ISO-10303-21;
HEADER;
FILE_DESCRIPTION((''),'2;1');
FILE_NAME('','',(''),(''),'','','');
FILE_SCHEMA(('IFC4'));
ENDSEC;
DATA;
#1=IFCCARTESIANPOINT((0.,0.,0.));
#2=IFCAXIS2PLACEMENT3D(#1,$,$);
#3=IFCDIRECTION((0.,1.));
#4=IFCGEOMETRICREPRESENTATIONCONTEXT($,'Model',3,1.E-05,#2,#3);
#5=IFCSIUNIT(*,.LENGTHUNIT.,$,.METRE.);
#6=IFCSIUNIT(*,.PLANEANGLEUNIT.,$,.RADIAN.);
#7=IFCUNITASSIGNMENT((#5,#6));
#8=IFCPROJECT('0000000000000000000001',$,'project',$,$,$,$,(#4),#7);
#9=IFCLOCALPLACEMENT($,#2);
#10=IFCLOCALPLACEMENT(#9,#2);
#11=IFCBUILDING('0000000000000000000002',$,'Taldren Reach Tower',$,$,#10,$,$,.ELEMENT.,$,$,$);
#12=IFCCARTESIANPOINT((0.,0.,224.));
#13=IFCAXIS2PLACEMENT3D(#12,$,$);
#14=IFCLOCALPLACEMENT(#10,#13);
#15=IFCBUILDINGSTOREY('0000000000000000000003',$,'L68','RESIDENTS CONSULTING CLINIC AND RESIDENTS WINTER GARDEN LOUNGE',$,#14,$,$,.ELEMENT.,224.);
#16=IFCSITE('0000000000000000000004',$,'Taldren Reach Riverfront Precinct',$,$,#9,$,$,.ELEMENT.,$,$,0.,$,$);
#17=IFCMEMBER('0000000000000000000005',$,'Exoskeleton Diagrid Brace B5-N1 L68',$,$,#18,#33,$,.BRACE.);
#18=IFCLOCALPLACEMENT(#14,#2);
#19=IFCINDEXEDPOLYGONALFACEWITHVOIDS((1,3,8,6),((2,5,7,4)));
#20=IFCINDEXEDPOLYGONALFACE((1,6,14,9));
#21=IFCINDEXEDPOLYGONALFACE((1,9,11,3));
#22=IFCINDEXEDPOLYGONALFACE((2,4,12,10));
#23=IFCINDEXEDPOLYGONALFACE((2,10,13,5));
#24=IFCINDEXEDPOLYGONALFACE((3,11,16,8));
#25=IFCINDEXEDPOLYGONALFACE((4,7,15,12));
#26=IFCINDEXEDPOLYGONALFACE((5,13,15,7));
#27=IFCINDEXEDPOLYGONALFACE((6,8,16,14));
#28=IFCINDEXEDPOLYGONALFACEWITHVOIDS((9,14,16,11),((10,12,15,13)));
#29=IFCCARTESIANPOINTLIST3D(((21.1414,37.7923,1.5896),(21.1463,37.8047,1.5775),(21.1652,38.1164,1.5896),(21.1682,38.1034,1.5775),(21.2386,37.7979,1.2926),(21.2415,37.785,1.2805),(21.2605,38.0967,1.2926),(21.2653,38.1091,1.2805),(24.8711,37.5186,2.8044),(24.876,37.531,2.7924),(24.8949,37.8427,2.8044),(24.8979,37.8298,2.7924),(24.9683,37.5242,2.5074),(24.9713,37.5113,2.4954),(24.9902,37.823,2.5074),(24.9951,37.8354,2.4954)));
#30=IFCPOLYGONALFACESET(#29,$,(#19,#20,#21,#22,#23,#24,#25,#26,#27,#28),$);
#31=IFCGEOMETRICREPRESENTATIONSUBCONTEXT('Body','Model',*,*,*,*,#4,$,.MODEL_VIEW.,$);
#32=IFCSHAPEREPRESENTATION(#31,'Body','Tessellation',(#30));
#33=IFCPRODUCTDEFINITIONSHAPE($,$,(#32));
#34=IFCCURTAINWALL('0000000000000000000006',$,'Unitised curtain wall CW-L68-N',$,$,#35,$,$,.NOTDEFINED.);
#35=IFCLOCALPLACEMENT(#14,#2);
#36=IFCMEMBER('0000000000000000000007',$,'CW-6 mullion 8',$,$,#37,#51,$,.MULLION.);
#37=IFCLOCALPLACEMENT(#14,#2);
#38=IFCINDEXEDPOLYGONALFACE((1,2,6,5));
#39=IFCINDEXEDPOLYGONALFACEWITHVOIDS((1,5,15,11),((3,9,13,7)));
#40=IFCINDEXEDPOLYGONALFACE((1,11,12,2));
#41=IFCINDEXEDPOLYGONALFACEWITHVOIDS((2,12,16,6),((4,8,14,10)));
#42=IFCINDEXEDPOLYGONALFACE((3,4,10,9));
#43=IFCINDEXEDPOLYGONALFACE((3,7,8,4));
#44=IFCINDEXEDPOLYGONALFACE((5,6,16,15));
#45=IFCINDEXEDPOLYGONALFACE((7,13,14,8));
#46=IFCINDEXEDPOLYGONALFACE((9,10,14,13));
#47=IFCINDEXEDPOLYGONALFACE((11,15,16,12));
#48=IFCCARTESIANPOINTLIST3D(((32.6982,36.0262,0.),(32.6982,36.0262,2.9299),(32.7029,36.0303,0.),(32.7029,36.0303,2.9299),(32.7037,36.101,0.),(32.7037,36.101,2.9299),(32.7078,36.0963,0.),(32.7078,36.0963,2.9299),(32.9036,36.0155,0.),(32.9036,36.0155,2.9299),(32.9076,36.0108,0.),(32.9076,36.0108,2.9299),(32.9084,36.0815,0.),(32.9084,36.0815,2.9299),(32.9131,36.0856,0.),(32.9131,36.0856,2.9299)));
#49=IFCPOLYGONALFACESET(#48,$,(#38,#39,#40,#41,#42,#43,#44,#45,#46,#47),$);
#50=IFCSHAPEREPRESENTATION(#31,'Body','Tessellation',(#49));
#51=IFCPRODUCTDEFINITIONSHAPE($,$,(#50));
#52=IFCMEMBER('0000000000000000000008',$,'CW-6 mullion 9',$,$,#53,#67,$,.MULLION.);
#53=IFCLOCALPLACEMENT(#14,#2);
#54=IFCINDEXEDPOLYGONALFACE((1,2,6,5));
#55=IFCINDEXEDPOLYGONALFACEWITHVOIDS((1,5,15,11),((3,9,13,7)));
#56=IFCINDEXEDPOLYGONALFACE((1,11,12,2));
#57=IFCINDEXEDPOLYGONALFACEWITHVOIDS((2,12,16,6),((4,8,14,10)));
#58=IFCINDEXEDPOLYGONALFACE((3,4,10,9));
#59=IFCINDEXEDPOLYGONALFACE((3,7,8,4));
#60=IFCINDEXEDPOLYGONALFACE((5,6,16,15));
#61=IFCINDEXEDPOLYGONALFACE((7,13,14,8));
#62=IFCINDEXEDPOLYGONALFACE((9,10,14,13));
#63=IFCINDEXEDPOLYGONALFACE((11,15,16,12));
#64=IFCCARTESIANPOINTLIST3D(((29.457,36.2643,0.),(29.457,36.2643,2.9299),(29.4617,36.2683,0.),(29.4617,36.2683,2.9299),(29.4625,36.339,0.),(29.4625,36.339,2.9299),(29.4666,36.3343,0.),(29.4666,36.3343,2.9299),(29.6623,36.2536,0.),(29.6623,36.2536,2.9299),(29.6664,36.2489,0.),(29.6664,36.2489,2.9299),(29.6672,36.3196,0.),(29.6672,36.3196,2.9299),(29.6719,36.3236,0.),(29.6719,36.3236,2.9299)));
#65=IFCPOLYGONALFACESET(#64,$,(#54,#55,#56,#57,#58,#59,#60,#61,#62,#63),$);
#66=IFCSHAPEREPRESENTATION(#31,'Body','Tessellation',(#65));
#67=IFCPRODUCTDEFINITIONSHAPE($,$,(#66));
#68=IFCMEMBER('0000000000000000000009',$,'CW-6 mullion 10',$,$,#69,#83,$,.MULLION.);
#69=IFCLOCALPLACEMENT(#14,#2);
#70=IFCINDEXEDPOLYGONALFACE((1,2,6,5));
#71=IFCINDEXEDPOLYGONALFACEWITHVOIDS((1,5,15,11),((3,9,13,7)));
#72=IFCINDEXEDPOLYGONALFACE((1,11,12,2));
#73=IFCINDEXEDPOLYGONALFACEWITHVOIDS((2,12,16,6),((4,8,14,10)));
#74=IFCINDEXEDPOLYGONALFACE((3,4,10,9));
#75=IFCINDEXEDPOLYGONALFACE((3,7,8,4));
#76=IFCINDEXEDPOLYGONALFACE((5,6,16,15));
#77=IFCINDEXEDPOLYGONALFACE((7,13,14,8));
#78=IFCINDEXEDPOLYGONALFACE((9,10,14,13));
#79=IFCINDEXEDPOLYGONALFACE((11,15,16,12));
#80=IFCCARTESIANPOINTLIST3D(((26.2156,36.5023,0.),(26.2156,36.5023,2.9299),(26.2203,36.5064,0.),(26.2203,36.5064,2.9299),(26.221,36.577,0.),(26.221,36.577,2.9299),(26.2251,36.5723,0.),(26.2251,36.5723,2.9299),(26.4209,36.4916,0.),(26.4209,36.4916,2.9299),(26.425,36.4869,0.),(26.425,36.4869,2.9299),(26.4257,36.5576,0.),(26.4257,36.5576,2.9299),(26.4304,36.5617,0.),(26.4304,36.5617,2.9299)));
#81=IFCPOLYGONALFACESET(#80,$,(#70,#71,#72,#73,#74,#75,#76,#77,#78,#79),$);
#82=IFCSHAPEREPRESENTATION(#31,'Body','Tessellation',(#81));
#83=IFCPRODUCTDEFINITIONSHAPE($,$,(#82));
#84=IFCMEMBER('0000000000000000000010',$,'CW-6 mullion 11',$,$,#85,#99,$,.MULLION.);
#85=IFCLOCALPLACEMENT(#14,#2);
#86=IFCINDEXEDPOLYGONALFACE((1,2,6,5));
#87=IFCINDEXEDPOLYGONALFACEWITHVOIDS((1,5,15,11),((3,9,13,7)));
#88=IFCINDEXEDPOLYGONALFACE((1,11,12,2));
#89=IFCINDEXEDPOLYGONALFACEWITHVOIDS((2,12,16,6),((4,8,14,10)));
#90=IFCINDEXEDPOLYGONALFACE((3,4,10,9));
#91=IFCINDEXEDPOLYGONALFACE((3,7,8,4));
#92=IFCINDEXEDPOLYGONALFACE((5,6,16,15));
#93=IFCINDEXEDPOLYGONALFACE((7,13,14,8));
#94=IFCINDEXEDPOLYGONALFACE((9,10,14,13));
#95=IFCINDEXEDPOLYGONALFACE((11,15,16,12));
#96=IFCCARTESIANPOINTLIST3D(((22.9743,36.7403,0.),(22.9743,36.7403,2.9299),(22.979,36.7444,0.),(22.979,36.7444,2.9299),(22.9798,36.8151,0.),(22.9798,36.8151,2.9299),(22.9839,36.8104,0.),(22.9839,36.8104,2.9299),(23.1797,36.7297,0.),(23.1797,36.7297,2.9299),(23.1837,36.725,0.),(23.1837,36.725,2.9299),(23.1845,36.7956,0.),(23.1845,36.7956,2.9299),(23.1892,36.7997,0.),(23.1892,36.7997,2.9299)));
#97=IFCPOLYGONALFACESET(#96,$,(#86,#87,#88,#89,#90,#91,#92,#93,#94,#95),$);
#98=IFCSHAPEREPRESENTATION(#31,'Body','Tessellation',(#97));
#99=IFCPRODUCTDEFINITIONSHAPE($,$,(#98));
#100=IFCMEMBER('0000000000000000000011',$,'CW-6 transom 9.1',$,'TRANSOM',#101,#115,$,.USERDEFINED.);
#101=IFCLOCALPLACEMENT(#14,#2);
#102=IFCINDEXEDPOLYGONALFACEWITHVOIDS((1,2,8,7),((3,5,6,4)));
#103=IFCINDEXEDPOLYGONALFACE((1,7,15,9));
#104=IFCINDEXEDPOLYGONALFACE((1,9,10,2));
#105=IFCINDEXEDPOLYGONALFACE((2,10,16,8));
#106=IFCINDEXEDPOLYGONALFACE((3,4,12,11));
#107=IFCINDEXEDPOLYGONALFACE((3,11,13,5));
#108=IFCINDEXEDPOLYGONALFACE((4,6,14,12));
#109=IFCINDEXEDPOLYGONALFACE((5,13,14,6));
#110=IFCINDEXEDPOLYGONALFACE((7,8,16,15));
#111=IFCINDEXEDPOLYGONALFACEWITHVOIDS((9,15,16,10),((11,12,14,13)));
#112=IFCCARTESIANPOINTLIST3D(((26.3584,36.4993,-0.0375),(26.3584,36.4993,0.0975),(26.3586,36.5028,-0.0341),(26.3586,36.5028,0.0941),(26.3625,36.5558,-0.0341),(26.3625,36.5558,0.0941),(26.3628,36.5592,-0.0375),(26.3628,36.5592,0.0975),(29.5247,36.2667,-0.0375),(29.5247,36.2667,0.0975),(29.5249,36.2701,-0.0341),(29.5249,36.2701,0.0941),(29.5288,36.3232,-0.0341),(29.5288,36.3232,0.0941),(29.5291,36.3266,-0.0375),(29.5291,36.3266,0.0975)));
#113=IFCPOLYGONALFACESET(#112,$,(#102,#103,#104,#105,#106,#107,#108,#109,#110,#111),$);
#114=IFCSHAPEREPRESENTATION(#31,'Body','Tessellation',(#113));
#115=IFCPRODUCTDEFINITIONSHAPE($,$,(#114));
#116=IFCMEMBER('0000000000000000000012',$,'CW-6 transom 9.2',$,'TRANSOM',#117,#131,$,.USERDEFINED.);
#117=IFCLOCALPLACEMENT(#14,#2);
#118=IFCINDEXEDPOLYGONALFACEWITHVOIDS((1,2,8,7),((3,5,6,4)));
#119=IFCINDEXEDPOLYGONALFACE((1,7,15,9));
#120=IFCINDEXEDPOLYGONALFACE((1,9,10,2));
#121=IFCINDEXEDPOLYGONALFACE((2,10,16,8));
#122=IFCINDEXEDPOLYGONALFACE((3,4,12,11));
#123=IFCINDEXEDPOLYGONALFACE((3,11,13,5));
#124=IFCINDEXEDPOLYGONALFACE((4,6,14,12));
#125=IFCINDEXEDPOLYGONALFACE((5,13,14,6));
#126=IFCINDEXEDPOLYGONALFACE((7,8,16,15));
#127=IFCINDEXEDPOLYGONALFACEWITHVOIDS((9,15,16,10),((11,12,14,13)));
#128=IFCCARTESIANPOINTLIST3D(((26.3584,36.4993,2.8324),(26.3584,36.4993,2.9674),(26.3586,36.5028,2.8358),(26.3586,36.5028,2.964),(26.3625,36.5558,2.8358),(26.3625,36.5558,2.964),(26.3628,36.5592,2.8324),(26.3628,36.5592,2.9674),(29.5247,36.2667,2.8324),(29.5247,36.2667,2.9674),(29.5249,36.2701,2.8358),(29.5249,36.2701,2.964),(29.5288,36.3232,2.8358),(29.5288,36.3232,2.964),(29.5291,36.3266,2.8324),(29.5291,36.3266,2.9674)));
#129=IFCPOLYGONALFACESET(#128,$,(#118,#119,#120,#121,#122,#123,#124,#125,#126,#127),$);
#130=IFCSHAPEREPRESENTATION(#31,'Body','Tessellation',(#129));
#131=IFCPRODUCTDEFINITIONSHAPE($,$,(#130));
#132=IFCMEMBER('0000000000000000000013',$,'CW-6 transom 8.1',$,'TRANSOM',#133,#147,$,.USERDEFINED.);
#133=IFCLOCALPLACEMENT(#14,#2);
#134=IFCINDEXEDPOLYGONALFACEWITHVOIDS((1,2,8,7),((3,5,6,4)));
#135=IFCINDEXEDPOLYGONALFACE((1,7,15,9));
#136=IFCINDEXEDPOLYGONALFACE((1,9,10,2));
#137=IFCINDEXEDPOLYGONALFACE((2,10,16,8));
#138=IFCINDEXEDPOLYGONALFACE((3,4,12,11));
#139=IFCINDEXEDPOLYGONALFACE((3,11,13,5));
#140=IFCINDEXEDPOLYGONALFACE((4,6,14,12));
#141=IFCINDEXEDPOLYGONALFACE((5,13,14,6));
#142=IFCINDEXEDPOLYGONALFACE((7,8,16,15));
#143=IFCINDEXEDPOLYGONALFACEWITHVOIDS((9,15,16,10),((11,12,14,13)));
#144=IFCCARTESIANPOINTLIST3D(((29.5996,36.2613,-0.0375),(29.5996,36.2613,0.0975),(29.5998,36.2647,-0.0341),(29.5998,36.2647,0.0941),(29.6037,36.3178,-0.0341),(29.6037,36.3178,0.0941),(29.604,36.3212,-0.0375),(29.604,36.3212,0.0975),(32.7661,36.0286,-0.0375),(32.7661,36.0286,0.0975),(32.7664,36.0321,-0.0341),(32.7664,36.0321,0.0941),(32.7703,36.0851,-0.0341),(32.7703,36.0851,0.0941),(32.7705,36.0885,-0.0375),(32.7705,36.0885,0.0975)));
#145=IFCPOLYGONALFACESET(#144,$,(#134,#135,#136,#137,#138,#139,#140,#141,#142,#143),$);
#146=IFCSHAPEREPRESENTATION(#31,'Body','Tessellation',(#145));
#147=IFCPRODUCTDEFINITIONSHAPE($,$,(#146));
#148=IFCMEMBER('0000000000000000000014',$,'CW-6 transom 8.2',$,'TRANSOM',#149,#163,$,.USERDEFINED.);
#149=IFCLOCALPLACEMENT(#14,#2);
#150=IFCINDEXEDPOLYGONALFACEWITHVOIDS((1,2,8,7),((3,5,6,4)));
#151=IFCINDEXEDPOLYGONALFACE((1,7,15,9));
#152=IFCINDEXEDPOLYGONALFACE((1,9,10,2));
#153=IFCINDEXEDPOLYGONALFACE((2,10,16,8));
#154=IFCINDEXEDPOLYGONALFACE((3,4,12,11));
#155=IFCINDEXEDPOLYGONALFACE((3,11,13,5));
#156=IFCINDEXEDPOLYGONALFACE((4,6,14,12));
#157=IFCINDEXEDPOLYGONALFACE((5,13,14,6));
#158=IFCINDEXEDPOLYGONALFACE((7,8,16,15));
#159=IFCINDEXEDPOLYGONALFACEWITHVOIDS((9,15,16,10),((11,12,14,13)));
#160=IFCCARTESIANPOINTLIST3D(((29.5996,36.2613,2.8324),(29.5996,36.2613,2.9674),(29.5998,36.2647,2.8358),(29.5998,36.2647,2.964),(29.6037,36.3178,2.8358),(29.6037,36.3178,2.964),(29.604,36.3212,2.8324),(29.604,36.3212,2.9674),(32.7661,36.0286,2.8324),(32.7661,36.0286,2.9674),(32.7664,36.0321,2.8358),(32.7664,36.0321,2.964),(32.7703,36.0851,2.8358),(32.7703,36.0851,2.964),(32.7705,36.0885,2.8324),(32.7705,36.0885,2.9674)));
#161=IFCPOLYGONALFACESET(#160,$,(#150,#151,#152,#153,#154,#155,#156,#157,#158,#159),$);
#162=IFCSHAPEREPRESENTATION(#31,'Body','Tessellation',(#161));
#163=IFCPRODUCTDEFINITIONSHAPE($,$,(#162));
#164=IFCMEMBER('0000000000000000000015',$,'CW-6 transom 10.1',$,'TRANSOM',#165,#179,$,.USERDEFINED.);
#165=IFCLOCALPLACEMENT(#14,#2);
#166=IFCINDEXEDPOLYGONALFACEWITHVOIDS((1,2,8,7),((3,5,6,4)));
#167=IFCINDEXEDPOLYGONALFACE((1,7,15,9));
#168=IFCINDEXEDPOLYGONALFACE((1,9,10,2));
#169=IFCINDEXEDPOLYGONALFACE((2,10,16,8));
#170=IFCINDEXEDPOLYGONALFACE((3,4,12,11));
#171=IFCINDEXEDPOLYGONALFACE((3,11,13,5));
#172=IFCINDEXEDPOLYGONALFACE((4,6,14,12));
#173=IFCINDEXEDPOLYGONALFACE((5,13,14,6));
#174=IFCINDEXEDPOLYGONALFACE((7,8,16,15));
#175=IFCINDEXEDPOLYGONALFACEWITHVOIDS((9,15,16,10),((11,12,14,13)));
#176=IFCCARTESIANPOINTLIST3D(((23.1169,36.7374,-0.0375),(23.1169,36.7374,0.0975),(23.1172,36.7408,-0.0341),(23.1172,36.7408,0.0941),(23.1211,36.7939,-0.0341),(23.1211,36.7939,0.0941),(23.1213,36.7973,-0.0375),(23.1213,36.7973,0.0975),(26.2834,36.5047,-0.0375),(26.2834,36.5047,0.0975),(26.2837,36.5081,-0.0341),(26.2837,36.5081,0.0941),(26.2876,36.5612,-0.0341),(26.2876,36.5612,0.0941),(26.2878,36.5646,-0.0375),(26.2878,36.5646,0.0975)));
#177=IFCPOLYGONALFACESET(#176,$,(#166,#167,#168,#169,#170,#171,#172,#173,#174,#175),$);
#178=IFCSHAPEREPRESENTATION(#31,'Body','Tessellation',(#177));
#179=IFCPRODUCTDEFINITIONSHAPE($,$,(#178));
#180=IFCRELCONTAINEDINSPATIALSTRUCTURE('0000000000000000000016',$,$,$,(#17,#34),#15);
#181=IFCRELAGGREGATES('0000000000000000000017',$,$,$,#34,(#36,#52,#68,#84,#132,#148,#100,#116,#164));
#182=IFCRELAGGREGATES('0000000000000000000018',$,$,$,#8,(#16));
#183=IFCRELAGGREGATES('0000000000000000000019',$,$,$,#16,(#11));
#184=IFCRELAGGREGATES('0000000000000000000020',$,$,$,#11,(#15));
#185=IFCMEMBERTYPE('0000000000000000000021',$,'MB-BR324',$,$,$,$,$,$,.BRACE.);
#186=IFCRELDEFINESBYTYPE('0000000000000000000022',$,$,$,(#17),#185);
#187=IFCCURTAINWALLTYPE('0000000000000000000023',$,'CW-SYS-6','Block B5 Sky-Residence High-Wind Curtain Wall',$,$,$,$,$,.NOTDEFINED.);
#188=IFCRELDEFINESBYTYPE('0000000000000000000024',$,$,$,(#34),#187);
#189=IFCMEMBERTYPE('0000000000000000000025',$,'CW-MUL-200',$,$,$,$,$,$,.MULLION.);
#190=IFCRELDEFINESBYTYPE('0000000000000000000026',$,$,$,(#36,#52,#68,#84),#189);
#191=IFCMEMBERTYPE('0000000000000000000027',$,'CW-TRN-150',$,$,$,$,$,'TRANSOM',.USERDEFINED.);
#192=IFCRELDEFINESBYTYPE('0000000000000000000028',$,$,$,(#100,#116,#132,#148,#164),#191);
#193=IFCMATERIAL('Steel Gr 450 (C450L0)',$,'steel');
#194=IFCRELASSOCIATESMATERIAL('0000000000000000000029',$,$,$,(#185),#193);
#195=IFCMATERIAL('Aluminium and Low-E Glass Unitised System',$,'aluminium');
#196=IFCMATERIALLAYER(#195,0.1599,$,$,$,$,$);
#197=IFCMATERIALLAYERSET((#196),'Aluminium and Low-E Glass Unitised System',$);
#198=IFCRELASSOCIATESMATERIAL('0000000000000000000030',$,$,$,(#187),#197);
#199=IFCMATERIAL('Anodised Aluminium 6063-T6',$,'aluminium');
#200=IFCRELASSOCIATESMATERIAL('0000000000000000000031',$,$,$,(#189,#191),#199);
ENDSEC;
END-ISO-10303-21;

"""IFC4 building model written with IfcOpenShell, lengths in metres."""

from ifc_helpers import new_model, si_unit, direction, frame, origin, origin_2d, place, context, subcontext, project, spatial, hollow_rectangle, extrude, source, transform, mapped, material, layer, layer_set, material_profile, profile_set, type_object, element, aggregate, save


model = new_model("IFC4")

# Units and contexts
model_context = context("Model", 3, precision=1e-05, world=origin(), true_north=direction((0.0, 1.0)))
body_context = subcontext(model_context, "Body", "Model", "MODEL_VIEW")
ifc_project = project(units=[si_unit("LENGTHUNIT", "METRE"), si_unit("PLANEANGLEUNIT", "RADIAN")], contexts=[model_context])

# Site, building, storey
site_placement = place(None, origin())
site = spatial("IfcSite", under=ifc_project, at=site_placement, Name="Taldren Reach Riverfront Precinct", CompositionType="ELEMENT", RefElevation=0.0)
building_placement = place(site_placement, origin())
building = spatial("IfcBuilding", under=site, at=building_placement, Name="Taldren Reach Tower", CompositionType="ELEMENT")
storey_placement = place(building_placement, frame((0.0, 0.0, 224.0)))
storey = spatial("IfcBuildingStorey", under=building, at=storey_placement, Name="L68", Description="RESIDENTS CONSULTING CLINIC AND RESIDENTS WINTER GARDEN LOUNGE", CompositionType="ELEMENT", Elevation=224.0)

# Shared definitions
ifc_material_1 = material(Name="Steel Gr 450 (C450L0)", Category="steel")

# Member
ifc_material_profile_1 = material_profile(ifc_material_1, hollow_rectangle(XDim=0.325, YDim=0.325, WallThickness=0.0127, at=origin_2d()), Name="325x325x12.7SHS")
ifc_profile_set_1 = profile_set([ifc_material_profile_1], Name="Steel Gr 450 (C450L0)")
member_type_1 = type_object("IfcMemberType", Name="MB-BR324", PredefinedType="BRACE", material=ifc_profile_set_1)
shared_shape_1 = source(origin(), body_context, "Body", "SweptSolid", [
    extrude(hollow_rectangle(XDim=0.325, YDim=0.325, WallThickness=0.0127, at=origin_2d()), origin(), (0.0, 0.0, 1.0), 3.9321),
])
member_1_placement = place(storey_placement, frame((21.2034, 37.9507, 1.4351), z_axis=(0.948527, -0.069601, 0.308953), x_axis=(0.073182, 0.997319, 0.0)))
element("IfcMember", 1, at=member_1_placement, inside=storey, type_object=member_type_1, Name="Exoskeleton Diagrid Brace B5-N1 L68", PredefinedType="BRACE", context=body_context, shape_type="MappedRepresentation", body=[
    mapped(shared_shape_1, transform((0.0, 0.0, 0.0), scale=1.0)),
])

# Curtain wall, members
ifc_material_2 = material(Name="Aluminium and Low-E Glass Unitised System", Category="aluminium")
ifc_layer_1 = layer(ifc_material_2, 0.1599)
ifc_layer_set_1 = layer_set([ifc_layer_1], Name="Aluminium and Low-E Glass Unitised System")
curtain_wall_type = type_object("IfcCurtainWallType", Name="CW-SYS-6", Description="Block B5 Sky-Residence High-Wind Curtain Wall", PredefinedType="NOTDEFINED", material=ifc_layer_set_1)
curtain_wall_placement = place(storey_placement, origin())
curtain_wall = element("IfcCurtainWall", 2, at=curtain_wall_placement, inside=storey, type_object=curtain_wall_type, Name="Unitised curtain wall CW-L68-N", PredefinedType="NOTDEFINED")
ifc_material_3 = material(Name="Anodised Aluminium 6063-T6", Category="aluminium")
ifc_material_profile_2 = material_profile(ifc_material_3, hollow_rectangle(XDim=0.075, YDim=0.21, WallThickness=0.0044, at=origin_2d()), Name="ALU-210x75x4.5RHS")
ifc_profile_set_2 = profile_set([ifc_material_profile_2], Name="Anodised Aluminium 6063-T6")
member_type_2 = type_object("IfcMemberType", Name="CW-MUL-200", PredefinedType="MULLION", material=ifc_profile_set_2)
shared_shape_2 = source(origin(), body_context, "Body", "SweptSolid", [
    extrude(hollow_rectangle(XDim=0.075, YDim=0.21, WallThickness=0.0044, at=origin_2d()), origin(), (0.0, 0.0, 1.0), 2.9299),
])
member_2_placement = place(storey_placement, frame((32.8057, 36.0559, 0.0), z_axis=(0.0, 0.0, 1.0), x_axis=(-0.073238, -0.997314, 0.0)))
member_2 = element("IfcMember", 3, at=member_2_placement, type_object=member_type_2, Name="CW-6 mullion 8", PredefinedType="MULLION", context=body_context, shape_type="MappedRepresentation", body=[
    mapped(shared_shape_2, transform((0.0, 0.0, 0.0), scale=1.0)),
])
member_3_placement = place(storey_placement, frame((29.5645, 36.2939, 0.0), z_axis=(0.0, 0.0, 1.0), x_axis=(-0.073238, -0.997314, 0.0)))
member_3 = element("IfcMember", 4, at=member_3_placement, type_object=member_type_2, Name="CW-6 mullion 9", PredefinedType="MULLION", context=body_context, shape_type="MappedRepresentation", body=[
    mapped(shared_shape_2, transform((0.0, 0.0, 0.0), scale=1.0)),
])
member_4_placement = place(storey_placement, frame((26.323, 36.532, 0.0), z_axis=(0.0, 0.0, 1.0), x_axis=(-0.073238, -0.997314, 0.0)))
member_4 = element("IfcMember", 5, at=member_4_placement, type_object=member_type_2, Name="CW-6 mullion 10", PredefinedType="MULLION", context=body_context, shape_type="MappedRepresentation", body=[
    mapped(shared_shape_2, transform((0.0, 0.0, 0.0), scale=1.0)),
])
member_5_placement = place(storey_placement, frame((23.0818, 36.77, 0.0), z_axis=(0.0, 0.0, 1.0), x_axis=(-0.073238, -0.997314, 0.0)))
member_5 = element("IfcMember", 6, at=member_5_placement, type_object=member_type_2, Name="CW-6 mullion 11", PredefinedType="MULLION", context=body_context, shape_type="MappedRepresentation", body=[
    mapped(shared_shape_2, transform((0.0, 0.0, 0.0), scale=1.0)),
])
ifc_material_profile_3 = material_profile(ifc_material_3, hollow_rectangle(XDim=0.0601, YDim=0.135, WallThickness=0.0034, at=origin_2d()), Name="ALU-135x60x3.5RHS")
ifc_profile_set_3 = profile_set([ifc_material_profile_3], Name="Anodised Aluminium 6063-T6")
member_type_3 = type_object("IfcMemberType", Name="CW-TRN-150", ElementType="TRANSOM", PredefinedType="USERDEFINED", material=ifc_profile_set_3)
shared_shape_3 = source(origin(), body_context, "Body", "SweptSolid", [
    extrude(hollow_rectangle(XDim=0.0601, YDim=0.135, WallThickness=0.0034, at=origin_2d()), origin(), (0.0, 0.0, 1.0), 3.1748),
])
member_6_placement = place(storey_placement, frame((29.5269, 36.2966, 0.03), z_axis=(-0.997311, 0.073285, 0.0), x_axis=(-0.073285, -0.997311, 0.0)))
member_6 = element("IfcMember", 7, at=member_6_placement, type_object=member_type_3, Name="CW-6 transom 9.1", ObjectType="TRANSOM", PredefinedType="USERDEFINED", context=body_context, shape_type="MappedRepresentation", body=[
    mapped(shared_shape_3, transform((0.0, 0.0, 0.0), scale=1.0)),
])
member_7_placement = place(storey_placement, frame((29.5269, 36.2966, 2.8999), z_axis=(-0.997311, 0.073285, 0.0), x_axis=(-0.073285, -0.997311, 0.0)))
member_7 = element("IfcMember", 8, at=member_7_placement, type_object=member_type_3, Name="CW-6 transom 9.2", ObjectType="TRANSOM", PredefinedType="USERDEFINED", context=body_context, shape_type="MappedRepresentation", body=[
    mapped(shared_shape_3, transform((0.0, 0.0, 0.0), scale=1.0)),
])
shared_shape_4 = source(origin(), body_context, "Body", "SweptSolid", [
    extrude(hollow_rectangle(XDim=0.0601, YDim=0.135, WallThickness=0.0034, at=origin_2d()), origin(), (0.0, 0.0, 1.0), 3.175),
])
member_8_placement = place(storey_placement, frame((32.7683, 36.0586, 0.03), z_axis=(-0.997311, 0.07328, 0.0), x_axis=(-0.07328, -0.997311, 0.0)))
member_8 = element("IfcMember", 9, at=member_8_placement, type_object=member_type_3, Name="CW-6 transom 8.1", ObjectType="TRANSOM", PredefinedType="USERDEFINED", context=body_context, shape_type="MappedRepresentation", body=[
    mapped(shared_shape_4, transform((0.0, 0.0, 0.0), scale=1.0)),
])
member_9_placement = place(storey_placement, frame((32.7683, 36.0586, 2.8999), z_axis=(-0.997311, 0.07328, 0.0), x_axis=(-0.07328, -0.997311, 0.0)))
member_9 = element("IfcMember", 10, at=member_9_placement, type_object=member_type_3, Name="CW-6 transom 8.2", ObjectType="TRANSOM", PredefinedType="USERDEFINED", context=body_context, shape_type="MappedRepresentation", body=[
    mapped(shared_shape_4, transform((0.0, 0.0, 0.0), scale=1.0)),
])
member_10_placement = place(storey_placement, frame((26.2856, 36.5347, 0.03), z_axis=(-0.997311, 0.07328, 0.0), x_axis=(-0.07328, -0.997311, 0.0)))
member_10 = element("IfcMember", 11, at=member_10_placement, type_object=member_type_3, Name="CW-6 transom 10.1", ObjectType="TRANSOM", PredefinedType="USERDEFINED", context=body_context, shape_type="MappedRepresentation", body=[
    mapped(shared_shape_4, transform((0.0, 0.0, 0.0), scale=1.0)),
])

aggregate(curtain_wall, [member_2, member_3, member_4, member_5, member_8, member_9, member_6, member_7, member_10])

save(model, "model.ifc")
